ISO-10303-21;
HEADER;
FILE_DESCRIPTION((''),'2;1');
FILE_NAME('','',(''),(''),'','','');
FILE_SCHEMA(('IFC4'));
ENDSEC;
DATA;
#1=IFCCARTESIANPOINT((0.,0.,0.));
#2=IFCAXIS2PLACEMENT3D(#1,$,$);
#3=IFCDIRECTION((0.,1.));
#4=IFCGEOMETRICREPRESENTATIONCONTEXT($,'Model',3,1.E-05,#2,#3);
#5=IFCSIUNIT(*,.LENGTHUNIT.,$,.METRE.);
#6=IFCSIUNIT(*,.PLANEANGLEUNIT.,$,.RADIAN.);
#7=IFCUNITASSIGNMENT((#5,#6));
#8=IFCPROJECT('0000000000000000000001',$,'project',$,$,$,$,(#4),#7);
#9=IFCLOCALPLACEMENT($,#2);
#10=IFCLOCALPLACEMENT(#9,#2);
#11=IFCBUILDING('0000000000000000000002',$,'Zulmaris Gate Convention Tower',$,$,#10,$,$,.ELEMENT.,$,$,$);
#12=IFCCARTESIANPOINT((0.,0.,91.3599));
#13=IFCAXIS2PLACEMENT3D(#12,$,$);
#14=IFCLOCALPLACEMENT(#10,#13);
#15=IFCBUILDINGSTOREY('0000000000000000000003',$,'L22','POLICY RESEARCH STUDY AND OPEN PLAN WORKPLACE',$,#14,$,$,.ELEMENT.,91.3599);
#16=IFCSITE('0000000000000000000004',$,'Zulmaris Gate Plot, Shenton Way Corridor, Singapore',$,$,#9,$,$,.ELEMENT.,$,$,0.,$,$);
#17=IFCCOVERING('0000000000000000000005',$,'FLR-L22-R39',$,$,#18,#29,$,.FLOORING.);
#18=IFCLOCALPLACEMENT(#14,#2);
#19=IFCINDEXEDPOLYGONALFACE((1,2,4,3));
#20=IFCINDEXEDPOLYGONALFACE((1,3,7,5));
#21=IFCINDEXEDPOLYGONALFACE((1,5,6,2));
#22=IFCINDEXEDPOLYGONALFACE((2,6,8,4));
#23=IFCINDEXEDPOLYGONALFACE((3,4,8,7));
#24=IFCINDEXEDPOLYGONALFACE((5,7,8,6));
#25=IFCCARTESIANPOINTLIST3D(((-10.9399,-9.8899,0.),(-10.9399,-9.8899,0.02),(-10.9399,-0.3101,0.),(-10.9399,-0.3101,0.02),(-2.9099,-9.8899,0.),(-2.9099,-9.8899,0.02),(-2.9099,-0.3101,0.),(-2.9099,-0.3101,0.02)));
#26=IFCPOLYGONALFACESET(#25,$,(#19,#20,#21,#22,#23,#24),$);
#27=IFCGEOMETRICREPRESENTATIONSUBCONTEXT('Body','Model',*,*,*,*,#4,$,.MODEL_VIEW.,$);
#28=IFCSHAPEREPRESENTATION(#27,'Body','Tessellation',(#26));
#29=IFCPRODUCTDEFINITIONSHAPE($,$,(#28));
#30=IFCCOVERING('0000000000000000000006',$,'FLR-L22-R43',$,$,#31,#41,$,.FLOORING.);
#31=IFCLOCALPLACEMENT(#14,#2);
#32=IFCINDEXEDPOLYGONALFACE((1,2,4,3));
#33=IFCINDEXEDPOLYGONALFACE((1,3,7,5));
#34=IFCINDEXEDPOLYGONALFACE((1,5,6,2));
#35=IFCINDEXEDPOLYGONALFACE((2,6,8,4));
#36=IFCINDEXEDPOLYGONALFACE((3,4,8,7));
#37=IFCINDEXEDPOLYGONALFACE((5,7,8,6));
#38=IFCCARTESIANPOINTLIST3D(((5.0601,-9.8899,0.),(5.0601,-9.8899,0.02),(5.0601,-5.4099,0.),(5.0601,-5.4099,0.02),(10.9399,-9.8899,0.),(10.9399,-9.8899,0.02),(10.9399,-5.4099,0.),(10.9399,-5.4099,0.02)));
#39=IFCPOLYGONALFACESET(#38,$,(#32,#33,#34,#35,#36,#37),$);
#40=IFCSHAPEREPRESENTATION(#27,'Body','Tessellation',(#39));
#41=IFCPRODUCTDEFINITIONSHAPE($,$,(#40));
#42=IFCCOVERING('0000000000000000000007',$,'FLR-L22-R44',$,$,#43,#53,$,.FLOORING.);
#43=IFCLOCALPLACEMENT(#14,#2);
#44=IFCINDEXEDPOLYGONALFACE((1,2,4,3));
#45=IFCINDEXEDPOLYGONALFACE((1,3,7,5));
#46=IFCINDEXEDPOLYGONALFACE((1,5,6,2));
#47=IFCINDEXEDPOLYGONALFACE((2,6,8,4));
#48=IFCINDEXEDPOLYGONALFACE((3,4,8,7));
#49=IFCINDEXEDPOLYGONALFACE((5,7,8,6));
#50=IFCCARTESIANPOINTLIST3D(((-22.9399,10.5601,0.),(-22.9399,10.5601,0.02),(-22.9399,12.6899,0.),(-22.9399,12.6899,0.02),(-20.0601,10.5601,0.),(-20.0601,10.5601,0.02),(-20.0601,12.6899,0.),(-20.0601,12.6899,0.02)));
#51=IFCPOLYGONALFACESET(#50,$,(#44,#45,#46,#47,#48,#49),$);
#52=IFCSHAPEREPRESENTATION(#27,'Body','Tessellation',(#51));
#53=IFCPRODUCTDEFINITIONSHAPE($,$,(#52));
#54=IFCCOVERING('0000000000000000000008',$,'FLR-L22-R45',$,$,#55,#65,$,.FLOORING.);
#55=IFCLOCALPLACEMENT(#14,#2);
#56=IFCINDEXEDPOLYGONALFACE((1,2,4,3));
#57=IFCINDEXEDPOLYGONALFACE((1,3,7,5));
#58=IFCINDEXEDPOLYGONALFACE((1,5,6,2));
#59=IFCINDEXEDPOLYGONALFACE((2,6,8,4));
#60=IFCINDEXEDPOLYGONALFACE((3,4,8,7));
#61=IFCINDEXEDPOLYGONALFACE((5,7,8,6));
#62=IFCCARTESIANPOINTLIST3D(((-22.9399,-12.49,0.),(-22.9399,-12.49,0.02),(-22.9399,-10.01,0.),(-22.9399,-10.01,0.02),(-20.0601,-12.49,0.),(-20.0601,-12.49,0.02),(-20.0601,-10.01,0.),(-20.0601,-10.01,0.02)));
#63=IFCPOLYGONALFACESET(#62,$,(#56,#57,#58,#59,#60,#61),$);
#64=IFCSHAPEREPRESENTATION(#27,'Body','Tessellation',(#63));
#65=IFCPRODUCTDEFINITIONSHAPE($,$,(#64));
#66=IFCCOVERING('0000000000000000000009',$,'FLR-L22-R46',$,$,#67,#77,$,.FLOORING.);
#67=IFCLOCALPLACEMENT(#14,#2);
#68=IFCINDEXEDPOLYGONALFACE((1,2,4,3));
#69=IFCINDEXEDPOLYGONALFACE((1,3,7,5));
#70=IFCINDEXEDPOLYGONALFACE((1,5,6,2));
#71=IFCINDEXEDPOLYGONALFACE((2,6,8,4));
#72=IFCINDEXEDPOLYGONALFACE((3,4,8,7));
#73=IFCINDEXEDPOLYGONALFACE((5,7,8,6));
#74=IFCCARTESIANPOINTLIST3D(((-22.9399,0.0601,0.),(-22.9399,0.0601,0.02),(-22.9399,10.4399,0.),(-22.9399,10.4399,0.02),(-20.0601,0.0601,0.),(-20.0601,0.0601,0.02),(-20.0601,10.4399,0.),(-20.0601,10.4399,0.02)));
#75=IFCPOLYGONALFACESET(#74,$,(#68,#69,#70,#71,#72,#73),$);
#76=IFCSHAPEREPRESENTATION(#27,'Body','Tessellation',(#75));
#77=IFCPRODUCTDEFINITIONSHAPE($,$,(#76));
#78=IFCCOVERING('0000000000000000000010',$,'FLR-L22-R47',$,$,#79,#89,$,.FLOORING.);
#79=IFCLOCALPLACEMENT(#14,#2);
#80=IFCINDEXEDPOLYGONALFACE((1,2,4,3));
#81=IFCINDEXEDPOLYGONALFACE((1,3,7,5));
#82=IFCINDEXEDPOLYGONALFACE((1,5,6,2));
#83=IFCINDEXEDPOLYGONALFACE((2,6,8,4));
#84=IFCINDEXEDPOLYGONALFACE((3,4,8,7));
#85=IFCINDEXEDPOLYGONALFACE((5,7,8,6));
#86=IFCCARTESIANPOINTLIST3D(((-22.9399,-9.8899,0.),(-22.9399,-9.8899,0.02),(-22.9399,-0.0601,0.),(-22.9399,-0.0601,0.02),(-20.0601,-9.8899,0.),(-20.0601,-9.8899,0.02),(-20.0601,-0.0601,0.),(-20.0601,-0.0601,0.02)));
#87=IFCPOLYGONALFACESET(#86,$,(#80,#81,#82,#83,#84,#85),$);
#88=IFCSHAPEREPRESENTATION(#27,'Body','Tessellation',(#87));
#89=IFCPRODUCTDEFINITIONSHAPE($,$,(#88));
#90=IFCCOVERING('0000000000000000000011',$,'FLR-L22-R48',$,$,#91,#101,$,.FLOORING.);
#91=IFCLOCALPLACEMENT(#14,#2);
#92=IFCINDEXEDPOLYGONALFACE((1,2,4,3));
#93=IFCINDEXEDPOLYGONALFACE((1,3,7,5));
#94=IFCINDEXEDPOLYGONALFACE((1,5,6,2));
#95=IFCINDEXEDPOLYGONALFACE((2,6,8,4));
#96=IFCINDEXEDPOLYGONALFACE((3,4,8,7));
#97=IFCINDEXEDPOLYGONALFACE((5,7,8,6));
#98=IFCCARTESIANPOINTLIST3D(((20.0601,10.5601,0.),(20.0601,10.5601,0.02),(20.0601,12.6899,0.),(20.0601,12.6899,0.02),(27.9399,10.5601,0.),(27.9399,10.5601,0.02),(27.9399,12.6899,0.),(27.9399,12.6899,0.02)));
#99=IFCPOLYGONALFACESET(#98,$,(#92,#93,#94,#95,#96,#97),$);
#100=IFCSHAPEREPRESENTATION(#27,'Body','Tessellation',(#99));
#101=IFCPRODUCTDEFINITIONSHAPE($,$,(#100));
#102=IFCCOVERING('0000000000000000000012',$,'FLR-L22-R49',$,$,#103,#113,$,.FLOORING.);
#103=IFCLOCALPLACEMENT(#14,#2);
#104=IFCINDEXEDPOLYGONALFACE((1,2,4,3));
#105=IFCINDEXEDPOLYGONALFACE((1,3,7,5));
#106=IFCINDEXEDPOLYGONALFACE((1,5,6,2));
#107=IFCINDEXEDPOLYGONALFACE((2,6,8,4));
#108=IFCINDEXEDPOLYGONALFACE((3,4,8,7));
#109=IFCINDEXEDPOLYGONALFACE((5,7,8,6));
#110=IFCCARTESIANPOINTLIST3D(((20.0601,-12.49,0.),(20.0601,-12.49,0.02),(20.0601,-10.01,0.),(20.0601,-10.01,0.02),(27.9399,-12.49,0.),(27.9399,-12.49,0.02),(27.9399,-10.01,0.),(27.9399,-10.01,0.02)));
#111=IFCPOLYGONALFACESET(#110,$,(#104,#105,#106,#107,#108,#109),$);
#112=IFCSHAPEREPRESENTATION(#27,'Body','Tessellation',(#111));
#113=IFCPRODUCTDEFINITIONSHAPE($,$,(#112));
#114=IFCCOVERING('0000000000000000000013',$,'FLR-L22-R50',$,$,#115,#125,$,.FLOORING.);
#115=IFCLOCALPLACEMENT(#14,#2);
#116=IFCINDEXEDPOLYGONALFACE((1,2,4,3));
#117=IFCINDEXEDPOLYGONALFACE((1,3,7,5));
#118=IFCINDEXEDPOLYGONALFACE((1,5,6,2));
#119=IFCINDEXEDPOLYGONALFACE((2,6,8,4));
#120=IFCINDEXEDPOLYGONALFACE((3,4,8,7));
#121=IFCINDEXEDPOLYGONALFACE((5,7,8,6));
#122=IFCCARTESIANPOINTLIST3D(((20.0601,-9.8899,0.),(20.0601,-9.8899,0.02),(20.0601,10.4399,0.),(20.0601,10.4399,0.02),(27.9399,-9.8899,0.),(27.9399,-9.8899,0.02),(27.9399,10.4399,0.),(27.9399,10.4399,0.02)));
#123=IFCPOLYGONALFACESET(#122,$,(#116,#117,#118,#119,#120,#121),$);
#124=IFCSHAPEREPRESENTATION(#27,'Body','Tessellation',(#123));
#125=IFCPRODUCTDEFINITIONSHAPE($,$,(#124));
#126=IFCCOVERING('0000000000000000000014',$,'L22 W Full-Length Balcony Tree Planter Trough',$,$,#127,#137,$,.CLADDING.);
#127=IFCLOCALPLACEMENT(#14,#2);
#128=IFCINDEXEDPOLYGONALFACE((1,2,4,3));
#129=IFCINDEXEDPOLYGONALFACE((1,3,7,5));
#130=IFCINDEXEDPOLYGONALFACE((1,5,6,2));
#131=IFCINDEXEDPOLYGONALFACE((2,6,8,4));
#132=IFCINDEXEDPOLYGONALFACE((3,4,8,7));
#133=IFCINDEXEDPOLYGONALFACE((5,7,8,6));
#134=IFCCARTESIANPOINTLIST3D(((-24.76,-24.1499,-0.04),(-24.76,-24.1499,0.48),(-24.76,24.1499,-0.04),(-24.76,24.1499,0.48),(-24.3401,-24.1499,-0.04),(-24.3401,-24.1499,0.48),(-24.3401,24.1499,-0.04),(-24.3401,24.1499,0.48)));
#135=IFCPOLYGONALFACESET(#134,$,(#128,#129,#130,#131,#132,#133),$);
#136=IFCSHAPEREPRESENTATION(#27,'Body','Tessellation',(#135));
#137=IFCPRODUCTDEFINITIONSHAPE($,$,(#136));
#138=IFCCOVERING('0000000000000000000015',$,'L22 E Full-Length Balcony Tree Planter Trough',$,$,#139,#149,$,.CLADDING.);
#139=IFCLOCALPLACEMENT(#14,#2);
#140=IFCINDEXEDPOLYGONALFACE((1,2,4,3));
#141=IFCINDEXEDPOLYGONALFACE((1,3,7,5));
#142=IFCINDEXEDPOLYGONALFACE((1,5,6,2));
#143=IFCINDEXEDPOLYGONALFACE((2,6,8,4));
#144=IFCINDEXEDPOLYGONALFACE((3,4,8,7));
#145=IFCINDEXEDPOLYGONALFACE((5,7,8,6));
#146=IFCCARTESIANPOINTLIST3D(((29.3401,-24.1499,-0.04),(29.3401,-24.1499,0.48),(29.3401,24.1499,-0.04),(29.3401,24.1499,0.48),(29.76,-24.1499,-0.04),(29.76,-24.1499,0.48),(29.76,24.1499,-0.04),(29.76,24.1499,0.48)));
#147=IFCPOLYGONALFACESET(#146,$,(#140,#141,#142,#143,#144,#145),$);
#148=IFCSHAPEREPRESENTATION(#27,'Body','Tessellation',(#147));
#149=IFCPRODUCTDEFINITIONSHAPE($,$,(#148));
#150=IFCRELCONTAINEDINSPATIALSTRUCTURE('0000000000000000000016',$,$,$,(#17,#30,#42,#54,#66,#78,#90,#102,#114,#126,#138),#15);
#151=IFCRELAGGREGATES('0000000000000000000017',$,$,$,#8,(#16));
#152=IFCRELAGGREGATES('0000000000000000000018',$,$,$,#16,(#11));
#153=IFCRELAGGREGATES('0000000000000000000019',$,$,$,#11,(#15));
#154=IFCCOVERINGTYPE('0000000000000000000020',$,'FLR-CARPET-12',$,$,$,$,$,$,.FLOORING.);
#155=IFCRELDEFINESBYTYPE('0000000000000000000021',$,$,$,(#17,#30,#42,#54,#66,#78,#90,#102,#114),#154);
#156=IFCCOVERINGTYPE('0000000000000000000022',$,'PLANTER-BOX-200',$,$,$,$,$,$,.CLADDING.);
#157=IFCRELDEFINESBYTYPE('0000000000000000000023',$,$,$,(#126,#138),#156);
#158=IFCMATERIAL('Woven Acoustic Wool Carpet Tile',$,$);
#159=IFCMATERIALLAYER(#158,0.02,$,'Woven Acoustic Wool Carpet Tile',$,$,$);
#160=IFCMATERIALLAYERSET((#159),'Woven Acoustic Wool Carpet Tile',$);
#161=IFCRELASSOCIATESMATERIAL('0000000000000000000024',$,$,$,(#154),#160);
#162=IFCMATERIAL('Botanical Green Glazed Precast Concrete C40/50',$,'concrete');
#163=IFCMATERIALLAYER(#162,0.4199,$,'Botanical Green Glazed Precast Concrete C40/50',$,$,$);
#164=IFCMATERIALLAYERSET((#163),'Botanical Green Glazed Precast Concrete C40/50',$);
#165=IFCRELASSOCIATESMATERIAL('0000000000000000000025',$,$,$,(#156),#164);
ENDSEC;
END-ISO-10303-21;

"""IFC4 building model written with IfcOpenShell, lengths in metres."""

from ifc_helpers import new_model, si_unit, direction, frame, origin, place, context, subcontext, project, spatial, polyline, outline, extrude, material, layer, layer_set, type_object, element, save


model = new_model("IFC4")

# Units and contexts
model_context = context("Model", 3, precision=1e-05, world=origin(), true_north=direction((0.0, 1.0)))
body_context = subcontext(model_context, "Body", "Model", "MODEL_VIEW")
ifc_project = project(units=[si_unit("LENGTHUNIT", "METRE"), si_unit("PLANEANGLEUNIT", "RADIAN")], contexts=[model_context])

# Site, building, storey
site_placement = place(None, origin())
site = spatial("IfcSite", under=ifc_project, at=site_placement, Name="Zulmaris Gate Plot, Shenton Way Corridor, Singapore", CompositionType="ELEMENT", RefElevation=0.0)
building_placement = place(site_placement, origin())
building = spatial("IfcBuilding", under=site, at=building_placement, Name="Zulmaris Gate Convention Tower", CompositionType="ELEMENT")
storey_placement = place(building_placement, frame((0.0, 0.0, 91.3599)))
storey = spatial("IfcBuildingStorey", under=building, at=storey_placement, Name="L22", Description="POLICY RESEARCH STUDY AND OPEN PLAN WORKPLACE", CompositionType="ELEMENT", Elevation=91.3599)

# Coverings
ifc_material_1 = material(Name="Woven Acoustic Wool Carpet Tile")
ifc_layer_1 = layer(ifc_material_1, 0.02, Name="Woven Acoustic Wool Carpet Tile")
ifc_layer_set_1 = layer_set([ifc_layer_1], Name="Woven Acoustic Wool Carpet Tile")
covering_type_1 = type_object("IfcCoveringType", Name="FLR-CARPET-12", PredefinedType="FLOORING", material=ifc_layer_set_1)
covering_1_placement = place(storey_placement, origin())
element("IfcCovering", 1, at=covering_1_placement, inside=storey, type_object=covering_type_1, Name="FLR-L22-R39", PredefinedType="FLOORING", context=body_context, shape_type="SweptSolid", body=[
    extrude(outline(polyline([(-10.9399, -9.8899), (-2.9099, -9.8899), (-2.9099, -0.3101), (-10.9399, -0.3101), (-10.9399, -9.8899)])), origin(), (0.0, 0.0, 1.0), 0.02),
])
covering_2_placement = place(storey_placement, origin())
element("IfcCovering", 2, at=covering_2_placement, inside=storey, type_object=covering_type_1, Name="FLR-L22-R43", PredefinedType="FLOORING", context=body_context, shape_type="SweptSolid", body=[
    extrude(outline(polyline([(5.0601, -9.8899), (10.9399, -9.8899), (10.9399, -5.4099), (5.0601, -5.4099), (5.0601, -9.8899)])), origin(), (0.0, 0.0, 1.0), 0.02),
])
covering_3_placement = place(storey_placement, origin())
element("IfcCovering", 3, at=covering_3_placement, inside=storey, type_object=covering_type_1, Name="FLR-L22-R44", PredefinedType="FLOORING", context=body_context, shape_type="SweptSolid", body=[
    extrude(outline(polyline([(-22.9399, 10.5601), (-20.0601, 10.5601), (-20.0601, 12.6899), (-22.9399, 12.6899), (-22.9399, 10.5601)])), origin(), (0.0, 0.0, 1.0), 0.02),
])
covering_4_placement = place(storey_placement, origin())
element("IfcCovering", 4, at=covering_4_placement, inside=storey, type_object=covering_type_1, Name="FLR-L22-R45", PredefinedType="FLOORING", context=body_context, shape_type="SweptSolid", body=[
    extrude(outline(polyline([(-22.9399, -12.49), (-20.0601, -12.49), (-20.0601, -10.01), (-22.9399, -10.01), (-22.9399, -12.49)])), origin(), (0.0, 0.0, 1.0), 0.02),
])
covering_5_placement = place(storey_placement, origin())
element("IfcCovering", 5, at=covering_5_placement, inside=storey, type_object=covering_type_1, Name="FLR-L22-R46", PredefinedType="FLOORING", context=body_context, shape_type="SweptSolid", body=[
    extrude(outline(polyline([(-22.9399, 0.0601), (-20.0601, 0.0601), (-20.0601, 10.4399), (-22.9399, 10.4399), (-22.9399, 0.0601)])), origin(), (0.0, 0.0, 1.0), 0.02),
])
covering_6_placement = place(storey_placement, origin())
element("IfcCovering", 6, at=covering_6_placement, inside=storey, type_object=covering_type_1, Name="FLR-L22-R47", PredefinedType="FLOORING", context=body_context, shape_type="SweptSolid", body=[
    extrude(outline(polyline([(-22.9399, -9.8899), (-20.0601, -9.8899), (-20.0601, -0.0601), (-22.9399, -0.0601), (-22.9399, -9.8899)])), origin(), (0.0, 0.0, 1.0), 0.02),
])
covering_7_placement = place(storey_placement, origin())
element("IfcCovering", 7, at=covering_7_placement, inside=storey, type_object=covering_type_1, Name="FLR-L22-R48", PredefinedType="FLOORING", context=body_context, shape_type="SweptSolid", body=[
    extrude(outline(polyline([(20.0601, 10.5601), (27.9399, 10.5601), (27.9399, 12.6899), (20.0601, 12.6899), (20.0601, 10.5601)])), origin(), (0.0, 0.0, 1.0), 0.02),
])
covering_8_placement = place(storey_placement, origin())
element("IfcCovering", 8, at=covering_8_placement, inside=storey, type_object=covering_type_1, Name="FLR-L22-R49", PredefinedType="FLOORING", context=body_context, shape_type="SweptSolid", body=[
    extrude(outline(polyline([(20.0601, -12.49), (27.9399, -12.49), (27.9399, -10.01), (20.0601, -10.01), (20.0601, -12.49)])), origin(), (0.0, 0.0, 1.0), 0.02),
])
covering_9_placement = place(storey_placement, origin())
element("IfcCovering", 9, at=covering_9_placement, inside=storey, type_object=covering_type_1, Name="FLR-L22-R50", PredefinedType="FLOORING", context=body_context, shape_type="SweptSolid", body=[
    extrude(outline(polyline([(20.0601, -9.8899), (27.9399, -9.8899), (27.9399, 10.4399), (20.0601, 10.4399), (20.0601, -9.8899)])), origin(), (0.0, 0.0, 1.0), 0.02),
])
ifc_material_2 = material(Name="Botanical Green Glazed Precast Concrete C40/50", Category="concrete")
ifc_layer_2 = layer(ifc_material_2, 0.4199, Name="Botanical Green Glazed Precast Concrete C40/50")
ifc_layer_set_2 = layer_set([ifc_layer_2], Name="Botanical Green Glazed Precast Concrete C40/50")
covering_type_2 = type_object("IfcCoveringType", Name="PLANTER-BOX-200", PredefinedType="CLADDING", material=ifc_layer_set_2)
covering_10_placement = place(storey_placement, frame((0.0, 0.0, -0.04)))
element("IfcCovering", 10, at=covering_10_placement, inside=storey, type_object=covering_type_2, Name="L22 W Full-Length Balcony Tree Planter Trough", PredefinedType="CLADDING", context=body_context, shape_type="SweptSolid", body=[
    extrude(outline(polyline([(-24.76, -24.1499), (-24.3401, -24.1499), (-24.3401, 24.1499), (-24.76, 24.1499), (-24.76, -24.1499)])), origin(), (0.0, 0.0, 1.0), 0.52),
])
covering_11_placement = place(storey_placement, frame((0.0, 0.0, -0.04)))
element("IfcCovering", 11, at=covering_11_placement, inside=storey, type_object=covering_type_2, Name="L22 E Full-Length Balcony Tree Planter Trough", PredefinedType="CLADDING", context=body_context, shape_type="SweptSolid", body=[
    extrude(outline(polyline([(29.3401, -24.1499), (29.76, -24.1499), (29.76, 24.1499), (29.3401, 24.1499), (29.3401, -24.1499)])), origin(), (0.0, 0.0, 1.0), 0.52),
])

save(model, "model.ifc")
